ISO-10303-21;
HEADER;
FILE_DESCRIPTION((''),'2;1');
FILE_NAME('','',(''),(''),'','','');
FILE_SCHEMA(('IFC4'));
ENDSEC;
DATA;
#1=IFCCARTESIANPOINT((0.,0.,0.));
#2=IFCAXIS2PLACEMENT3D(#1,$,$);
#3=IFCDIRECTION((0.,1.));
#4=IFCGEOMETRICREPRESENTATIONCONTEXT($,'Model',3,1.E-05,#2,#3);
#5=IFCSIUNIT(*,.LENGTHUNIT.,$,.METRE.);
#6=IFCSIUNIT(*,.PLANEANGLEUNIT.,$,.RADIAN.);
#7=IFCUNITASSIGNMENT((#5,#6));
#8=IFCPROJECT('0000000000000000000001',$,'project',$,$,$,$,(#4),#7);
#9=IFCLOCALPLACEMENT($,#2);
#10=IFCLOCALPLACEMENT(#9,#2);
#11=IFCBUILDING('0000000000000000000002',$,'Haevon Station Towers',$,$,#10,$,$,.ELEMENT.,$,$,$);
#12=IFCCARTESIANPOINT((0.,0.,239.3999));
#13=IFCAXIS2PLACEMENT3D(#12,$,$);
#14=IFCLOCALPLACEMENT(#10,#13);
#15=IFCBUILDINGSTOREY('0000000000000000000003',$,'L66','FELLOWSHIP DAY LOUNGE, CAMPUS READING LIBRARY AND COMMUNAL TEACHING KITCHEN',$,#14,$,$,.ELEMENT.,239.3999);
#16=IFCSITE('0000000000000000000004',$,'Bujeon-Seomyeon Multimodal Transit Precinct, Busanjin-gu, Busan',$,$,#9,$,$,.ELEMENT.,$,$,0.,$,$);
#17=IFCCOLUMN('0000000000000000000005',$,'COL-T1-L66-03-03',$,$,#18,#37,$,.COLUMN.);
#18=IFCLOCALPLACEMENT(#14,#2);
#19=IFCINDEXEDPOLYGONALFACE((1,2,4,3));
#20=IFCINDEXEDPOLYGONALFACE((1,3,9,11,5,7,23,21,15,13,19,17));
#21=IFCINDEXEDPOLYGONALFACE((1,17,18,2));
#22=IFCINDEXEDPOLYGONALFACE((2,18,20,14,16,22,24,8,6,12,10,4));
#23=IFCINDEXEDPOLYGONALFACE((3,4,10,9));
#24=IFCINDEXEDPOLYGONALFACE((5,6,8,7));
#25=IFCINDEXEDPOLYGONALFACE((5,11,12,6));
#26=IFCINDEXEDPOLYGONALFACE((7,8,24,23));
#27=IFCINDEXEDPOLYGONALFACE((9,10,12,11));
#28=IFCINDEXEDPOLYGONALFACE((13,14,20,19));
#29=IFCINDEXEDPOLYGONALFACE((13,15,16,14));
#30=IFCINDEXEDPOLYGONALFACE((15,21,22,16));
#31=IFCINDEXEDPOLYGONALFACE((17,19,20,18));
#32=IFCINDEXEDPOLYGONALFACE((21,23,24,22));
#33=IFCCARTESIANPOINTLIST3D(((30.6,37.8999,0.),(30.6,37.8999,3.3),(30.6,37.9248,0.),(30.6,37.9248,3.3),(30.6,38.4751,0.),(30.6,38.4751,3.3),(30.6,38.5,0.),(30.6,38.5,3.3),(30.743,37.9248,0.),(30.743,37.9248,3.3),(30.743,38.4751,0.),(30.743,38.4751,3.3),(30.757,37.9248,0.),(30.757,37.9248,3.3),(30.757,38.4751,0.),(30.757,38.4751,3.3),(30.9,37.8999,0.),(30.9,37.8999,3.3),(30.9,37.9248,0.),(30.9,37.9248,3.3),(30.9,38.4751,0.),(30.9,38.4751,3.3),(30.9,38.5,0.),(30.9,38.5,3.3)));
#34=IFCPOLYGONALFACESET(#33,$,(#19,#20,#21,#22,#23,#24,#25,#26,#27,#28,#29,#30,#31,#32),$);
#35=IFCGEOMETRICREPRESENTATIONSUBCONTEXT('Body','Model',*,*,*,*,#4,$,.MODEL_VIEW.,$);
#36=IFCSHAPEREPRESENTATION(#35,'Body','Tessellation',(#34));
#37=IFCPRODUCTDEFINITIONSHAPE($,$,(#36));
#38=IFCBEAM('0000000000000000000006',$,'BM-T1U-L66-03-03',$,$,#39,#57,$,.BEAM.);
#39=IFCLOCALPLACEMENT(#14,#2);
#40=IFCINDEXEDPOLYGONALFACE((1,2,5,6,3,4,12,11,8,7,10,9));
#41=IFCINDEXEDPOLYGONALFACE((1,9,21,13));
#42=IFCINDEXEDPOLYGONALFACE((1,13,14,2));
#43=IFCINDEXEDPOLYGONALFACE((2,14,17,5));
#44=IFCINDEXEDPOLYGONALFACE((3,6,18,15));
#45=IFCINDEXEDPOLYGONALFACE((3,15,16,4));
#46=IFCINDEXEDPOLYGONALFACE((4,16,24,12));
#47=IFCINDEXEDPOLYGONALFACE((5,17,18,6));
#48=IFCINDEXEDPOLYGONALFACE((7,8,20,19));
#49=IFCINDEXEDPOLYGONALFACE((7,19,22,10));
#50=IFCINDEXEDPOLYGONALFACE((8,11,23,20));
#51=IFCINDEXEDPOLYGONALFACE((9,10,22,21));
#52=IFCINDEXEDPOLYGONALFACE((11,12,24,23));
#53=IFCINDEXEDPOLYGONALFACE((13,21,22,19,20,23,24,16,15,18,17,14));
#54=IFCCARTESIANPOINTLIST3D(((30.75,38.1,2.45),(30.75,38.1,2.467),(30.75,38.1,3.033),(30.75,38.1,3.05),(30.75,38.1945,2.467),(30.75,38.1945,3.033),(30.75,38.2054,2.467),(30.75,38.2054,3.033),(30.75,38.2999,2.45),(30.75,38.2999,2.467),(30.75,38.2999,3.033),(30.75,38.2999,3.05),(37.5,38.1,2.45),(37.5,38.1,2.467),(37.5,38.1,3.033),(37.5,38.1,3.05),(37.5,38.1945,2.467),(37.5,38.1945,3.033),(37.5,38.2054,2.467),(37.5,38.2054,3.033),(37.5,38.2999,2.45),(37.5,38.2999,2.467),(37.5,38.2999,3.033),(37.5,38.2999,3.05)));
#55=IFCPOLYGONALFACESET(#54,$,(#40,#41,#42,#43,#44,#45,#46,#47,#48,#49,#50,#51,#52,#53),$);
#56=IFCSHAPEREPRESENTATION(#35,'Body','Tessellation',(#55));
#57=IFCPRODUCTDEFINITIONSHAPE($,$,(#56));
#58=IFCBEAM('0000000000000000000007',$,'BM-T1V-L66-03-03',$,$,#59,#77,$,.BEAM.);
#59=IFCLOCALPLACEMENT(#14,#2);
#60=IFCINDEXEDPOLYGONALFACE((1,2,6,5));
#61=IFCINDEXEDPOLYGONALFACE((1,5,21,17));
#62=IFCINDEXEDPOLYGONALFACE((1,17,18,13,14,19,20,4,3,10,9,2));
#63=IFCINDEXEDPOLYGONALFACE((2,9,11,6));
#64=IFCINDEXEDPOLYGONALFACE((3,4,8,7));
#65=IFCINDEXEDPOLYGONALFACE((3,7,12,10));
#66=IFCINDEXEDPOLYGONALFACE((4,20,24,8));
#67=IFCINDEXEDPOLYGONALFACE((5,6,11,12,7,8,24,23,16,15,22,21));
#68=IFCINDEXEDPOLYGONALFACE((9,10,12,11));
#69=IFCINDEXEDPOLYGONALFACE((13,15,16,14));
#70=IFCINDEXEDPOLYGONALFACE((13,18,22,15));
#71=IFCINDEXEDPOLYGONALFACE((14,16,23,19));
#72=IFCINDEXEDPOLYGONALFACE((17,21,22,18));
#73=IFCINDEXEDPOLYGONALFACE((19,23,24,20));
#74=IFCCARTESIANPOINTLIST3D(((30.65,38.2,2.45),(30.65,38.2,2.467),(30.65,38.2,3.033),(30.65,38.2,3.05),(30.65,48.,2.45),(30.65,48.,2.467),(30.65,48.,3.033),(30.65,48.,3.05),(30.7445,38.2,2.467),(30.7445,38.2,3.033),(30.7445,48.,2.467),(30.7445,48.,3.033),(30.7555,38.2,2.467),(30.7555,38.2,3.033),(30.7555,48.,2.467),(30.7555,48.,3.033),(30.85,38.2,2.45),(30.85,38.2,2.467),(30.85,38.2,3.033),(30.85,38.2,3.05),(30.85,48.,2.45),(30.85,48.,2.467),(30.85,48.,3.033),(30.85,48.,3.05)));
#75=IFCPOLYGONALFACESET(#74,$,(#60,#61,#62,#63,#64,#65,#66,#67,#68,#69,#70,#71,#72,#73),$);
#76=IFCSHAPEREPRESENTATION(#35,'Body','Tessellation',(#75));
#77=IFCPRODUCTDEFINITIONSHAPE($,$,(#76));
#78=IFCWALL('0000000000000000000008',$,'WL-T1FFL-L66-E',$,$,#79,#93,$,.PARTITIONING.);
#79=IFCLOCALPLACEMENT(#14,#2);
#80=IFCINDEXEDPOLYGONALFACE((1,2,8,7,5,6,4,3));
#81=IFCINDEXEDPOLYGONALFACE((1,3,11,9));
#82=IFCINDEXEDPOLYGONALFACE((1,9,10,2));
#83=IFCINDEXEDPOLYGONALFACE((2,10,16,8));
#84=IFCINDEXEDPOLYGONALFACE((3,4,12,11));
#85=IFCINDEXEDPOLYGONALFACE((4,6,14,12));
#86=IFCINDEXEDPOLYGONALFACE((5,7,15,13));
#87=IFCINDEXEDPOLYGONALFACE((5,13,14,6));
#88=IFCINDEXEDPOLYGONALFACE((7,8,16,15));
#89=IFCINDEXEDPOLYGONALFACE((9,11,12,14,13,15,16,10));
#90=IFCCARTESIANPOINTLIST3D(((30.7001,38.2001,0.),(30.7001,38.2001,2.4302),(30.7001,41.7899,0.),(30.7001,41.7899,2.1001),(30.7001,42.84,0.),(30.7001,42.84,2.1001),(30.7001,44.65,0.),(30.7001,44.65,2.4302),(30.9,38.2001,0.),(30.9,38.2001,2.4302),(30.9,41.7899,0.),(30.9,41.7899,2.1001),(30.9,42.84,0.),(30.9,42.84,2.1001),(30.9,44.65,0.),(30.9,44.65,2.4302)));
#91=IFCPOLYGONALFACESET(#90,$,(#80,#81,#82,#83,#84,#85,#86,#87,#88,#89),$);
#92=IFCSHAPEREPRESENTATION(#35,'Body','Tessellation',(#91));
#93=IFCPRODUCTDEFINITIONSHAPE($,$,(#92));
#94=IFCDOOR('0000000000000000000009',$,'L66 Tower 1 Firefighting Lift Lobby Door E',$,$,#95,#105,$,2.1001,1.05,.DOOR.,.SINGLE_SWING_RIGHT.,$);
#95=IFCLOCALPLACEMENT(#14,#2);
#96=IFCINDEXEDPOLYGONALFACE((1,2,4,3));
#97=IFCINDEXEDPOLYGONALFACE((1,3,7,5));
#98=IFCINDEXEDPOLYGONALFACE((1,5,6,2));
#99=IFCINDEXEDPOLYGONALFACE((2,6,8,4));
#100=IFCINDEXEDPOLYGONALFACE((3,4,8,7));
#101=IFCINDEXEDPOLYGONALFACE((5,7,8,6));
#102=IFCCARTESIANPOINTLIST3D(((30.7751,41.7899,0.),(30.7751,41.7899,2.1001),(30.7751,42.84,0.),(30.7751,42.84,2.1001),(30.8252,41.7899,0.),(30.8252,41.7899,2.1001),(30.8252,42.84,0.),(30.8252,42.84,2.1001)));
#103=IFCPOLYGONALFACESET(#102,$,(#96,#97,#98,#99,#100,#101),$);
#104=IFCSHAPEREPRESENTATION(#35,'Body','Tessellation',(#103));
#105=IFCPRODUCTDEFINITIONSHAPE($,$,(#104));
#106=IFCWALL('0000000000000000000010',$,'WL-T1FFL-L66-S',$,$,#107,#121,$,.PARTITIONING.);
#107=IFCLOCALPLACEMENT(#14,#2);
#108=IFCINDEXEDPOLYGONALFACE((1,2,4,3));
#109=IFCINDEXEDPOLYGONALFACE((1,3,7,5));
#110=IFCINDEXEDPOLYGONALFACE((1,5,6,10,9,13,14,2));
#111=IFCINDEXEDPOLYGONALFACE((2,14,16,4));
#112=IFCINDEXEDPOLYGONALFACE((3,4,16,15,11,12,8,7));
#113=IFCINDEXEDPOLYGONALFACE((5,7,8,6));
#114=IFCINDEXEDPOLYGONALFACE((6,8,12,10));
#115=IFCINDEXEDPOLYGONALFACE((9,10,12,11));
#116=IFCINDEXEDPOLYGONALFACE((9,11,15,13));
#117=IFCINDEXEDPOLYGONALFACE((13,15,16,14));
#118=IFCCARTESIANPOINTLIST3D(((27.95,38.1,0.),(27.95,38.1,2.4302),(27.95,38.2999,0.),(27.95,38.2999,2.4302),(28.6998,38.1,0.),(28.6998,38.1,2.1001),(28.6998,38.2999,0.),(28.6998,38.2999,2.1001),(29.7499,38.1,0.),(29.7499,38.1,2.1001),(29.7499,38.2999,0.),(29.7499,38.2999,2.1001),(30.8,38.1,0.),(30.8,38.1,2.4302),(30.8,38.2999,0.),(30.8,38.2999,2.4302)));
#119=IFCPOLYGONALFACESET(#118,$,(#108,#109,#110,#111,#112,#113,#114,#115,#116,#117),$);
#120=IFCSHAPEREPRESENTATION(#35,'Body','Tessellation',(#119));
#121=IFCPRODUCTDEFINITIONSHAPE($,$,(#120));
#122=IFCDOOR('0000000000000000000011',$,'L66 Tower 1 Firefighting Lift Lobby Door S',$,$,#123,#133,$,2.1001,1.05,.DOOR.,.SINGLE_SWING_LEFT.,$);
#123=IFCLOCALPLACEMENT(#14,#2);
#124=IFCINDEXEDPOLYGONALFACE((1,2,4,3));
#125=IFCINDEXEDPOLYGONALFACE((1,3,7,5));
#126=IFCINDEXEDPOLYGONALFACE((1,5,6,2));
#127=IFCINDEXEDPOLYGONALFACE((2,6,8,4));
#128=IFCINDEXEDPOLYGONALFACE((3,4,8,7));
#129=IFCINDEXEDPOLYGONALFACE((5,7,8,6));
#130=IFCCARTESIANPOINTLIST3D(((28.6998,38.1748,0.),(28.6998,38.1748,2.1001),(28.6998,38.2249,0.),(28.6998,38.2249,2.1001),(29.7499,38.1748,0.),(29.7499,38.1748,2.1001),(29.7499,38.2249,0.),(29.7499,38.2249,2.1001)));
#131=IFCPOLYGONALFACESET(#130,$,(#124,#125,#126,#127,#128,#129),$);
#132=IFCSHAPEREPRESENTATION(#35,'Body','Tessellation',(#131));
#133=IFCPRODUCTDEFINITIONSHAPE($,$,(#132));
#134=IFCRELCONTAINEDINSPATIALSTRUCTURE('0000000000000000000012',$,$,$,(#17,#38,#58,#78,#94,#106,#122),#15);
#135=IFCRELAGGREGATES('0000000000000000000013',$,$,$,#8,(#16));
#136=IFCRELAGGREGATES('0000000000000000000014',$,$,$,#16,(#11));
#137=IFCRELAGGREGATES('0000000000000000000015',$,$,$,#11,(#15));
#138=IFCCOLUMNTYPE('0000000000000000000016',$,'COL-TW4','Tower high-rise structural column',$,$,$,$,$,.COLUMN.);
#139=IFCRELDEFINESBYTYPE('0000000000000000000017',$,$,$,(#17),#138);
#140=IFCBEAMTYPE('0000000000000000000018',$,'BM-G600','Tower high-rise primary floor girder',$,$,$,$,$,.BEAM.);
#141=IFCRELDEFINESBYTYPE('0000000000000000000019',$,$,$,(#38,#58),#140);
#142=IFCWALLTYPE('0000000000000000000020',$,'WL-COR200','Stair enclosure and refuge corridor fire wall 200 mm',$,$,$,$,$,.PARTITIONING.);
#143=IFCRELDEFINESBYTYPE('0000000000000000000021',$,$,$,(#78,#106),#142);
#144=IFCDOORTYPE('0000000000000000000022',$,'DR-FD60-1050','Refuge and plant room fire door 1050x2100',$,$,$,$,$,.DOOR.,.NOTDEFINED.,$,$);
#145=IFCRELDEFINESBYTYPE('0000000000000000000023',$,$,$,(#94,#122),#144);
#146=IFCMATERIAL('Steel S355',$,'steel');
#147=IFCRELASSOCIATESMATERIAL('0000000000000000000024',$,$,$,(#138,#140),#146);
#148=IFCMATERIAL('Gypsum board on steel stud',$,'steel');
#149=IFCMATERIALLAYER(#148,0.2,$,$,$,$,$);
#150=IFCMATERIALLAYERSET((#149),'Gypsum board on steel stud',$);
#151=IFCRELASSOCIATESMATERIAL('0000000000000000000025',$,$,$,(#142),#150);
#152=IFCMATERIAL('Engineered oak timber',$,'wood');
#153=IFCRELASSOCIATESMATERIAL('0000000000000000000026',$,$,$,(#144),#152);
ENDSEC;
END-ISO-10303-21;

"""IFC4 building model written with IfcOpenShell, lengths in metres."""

from ifc_helpers import new_model, si_unit, direction, frame, frame_2d, origin, origin_2d, place, context, subcontext, project, spatial, rectangle, i_section, extrude, material, layer, layer_set, material_profile, profile_set, type_object, element, fill, save


model = new_model("IFC4")

# Units and contexts
model_context = context("Model", 3, precision=1e-05, world=origin(), true_north=direction((0.0, 1.0)))
body_context = subcontext(model_context, "Body", "Model", "MODEL_VIEW")
ifc_project = project(units=[si_unit("LENGTHUNIT", "METRE"), si_unit("PLANEANGLEUNIT", "RADIAN")], contexts=[model_context])

# Site, building, storey
site_placement = place(None, origin())
site = spatial("IfcSite", under=ifc_project, at=site_placement, Name="Bujeon-Seomyeon Multimodal Transit Precinct, Busanjin-gu, Busan", CompositionType="ELEMENT", RefElevation=0.0)
building_placement = place(site_placement, origin())
building = spatial("IfcBuilding", under=site, at=building_placement, Name="Haevon Station Towers", CompositionType="ELEMENT")
storey_placement = place(building_placement, frame((0.0, 0.0, 239.3999)))
storey = spatial("IfcBuildingStorey", under=building, at=storey_placement, Name="L66", Description="FELLOWSHIP DAY LOUNGE, CAMPUS READING LIBRARY AND COMMUNAL TEACHING KITCHEN", CompositionType="ELEMENT", Elevation=239.3999)

# Column
ifc_material_1 = material(Name="Steel S355", Category="steel")
ifc_material_profile_1 = material_profile(ifc_material_1, i_section(OverallWidth=0.3, OverallDepth=0.6001, WebThickness=0.0139, FlangeThickness=0.0249, at=origin_2d()), Name="H-600x300x14x25")
ifc_profile_set_1 = profile_set([ifc_material_profile_1], Name="Steel S355")
column_type = type_object("IfcColumnType", Name="COL-TW4", Description="Tower high-rise structural column", PredefinedType="COLUMN", material=ifc_profile_set_1)
column_placement = place(storey_placement, frame((30.75, 38.2, 0.0), z_axis=(0.0, 0.0, 1.0), x_axis=(1.0, 0.0, 0.0)))
element("IfcColumn", 1, at=column_placement, inside=storey, type_object=column_type, Name="COL-T1-L66-03-03", PredefinedType="COLUMN", context=body_context, shape_type="SweptSolid", body=[
    extrude(i_section(OverallWidth=0.3, OverallDepth=0.6001, WebThickness=0.0139, FlangeThickness=0.0249, at=origin_2d()), origin(), (0.0, 0.0, 1.0), 3.3),
])

# Beams
ifc_material_profile_2 = material_profile(ifc_material_1, i_section(OverallWidth=0.2, OverallDepth=0.6001, WebThickness=0.011, FlangeThickness=0.0171, at=origin_2d()), Name="H-600x200x11x17")
ifc_profile_set_2 = profile_set([ifc_material_profile_2], Name="Steel S355")
beam_type = type_object("IfcBeamType", Name="BM-G600", Description="Tower high-rise primary floor girder", PredefinedType="BEAM", material=ifc_profile_set_2)
beam_1_placement = place(storey_placement, frame((30.75, 38.2, 2.75), z_axis=(1.0, 0.0, 0.0), x_axis=(0.0, 1.0, 0.0)))
element("IfcBeam", 2, at=beam_1_placement, inside=storey, type_object=beam_type, Name="BM-T1U-L66-03-03", PredefinedType="BEAM", context=body_context, shape_type="SweptSolid", body=[
    extrude(i_section(OverallWidth=0.2, OverallDepth=0.6001, WebThickness=0.011, FlangeThickness=0.0171, at=origin_2d()), origin(), (0.0, 0.0, 1.0), 6.75),
])
beam_2_placement = place(storey_placement, frame((30.75, 38.2, 2.75), z_axis=(0.0, 1.0, 0.0), x_axis=(-1.0, 0.0, 0.0)))
element("IfcBeam", 3, at=beam_2_placement, inside=storey, type_object=beam_type, Name="BM-T1V-L66-03-03", PredefinedType="BEAM", context=body_context, shape_type="SweptSolid", body=[
    extrude(i_section(OverallWidth=0.2, OverallDepth=0.6001, WebThickness=0.011, FlangeThickness=0.0171, at=origin_2d()), origin(), (0.0, 0.0, 1.0), 9.8),
])

# Walls, openings, doors
ifc_material_2 = material(Name="Gypsum board on steel stud", Category="steel")
ifc_layer_1 = layer(ifc_material_2, 0.2)
ifc_layer_set_1 = layer_set([ifc_layer_1], Name="Gypsum board on steel stud")
wall_type_1 = type_object("IfcWallType", Name="WL-COR200", Description="Stair enclosure and refuge corridor fire wall 200 mm", PredefinedType="PARTITIONING", material=ifc_layer_set_1)
wall_1_placement = place(storey_placement, frame((30.8, 38.2, 0.0), z_axis=(0.0, 0.0, 1.0), x_axis=(0.0, 1.0, 0.0)))
wall_1 = element("IfcWall", 4, at=wall_1_placement, inside=storey, type_object=wall_type_1, Name="WL-T1FFL-L66-E", PredefinedType="PARTITIONING", context=body_context, shape_type="SweptSolid", body=[
    extrude(rectangle(XDim=6.45, YDim=0.2, at=frame_2d((3.2251, 0.0))), origin(), (0.0, 0.0, 1.0), 2.4302),
])
opening_1_placement = place(wall_1_placement, frame((3.5901, 0.0, 0.0)))
opening_1 = element("IfcOpeningElement", 5, at=opening_1_placement, cuts=wall_1, PredefinedType="OPENING", context=body_context, shape_type="SweptSolid", body=[
    extrude(rectangle(XDim=1.05, YDim=2.1001, at=frame_2d((0.5249, 1.05))), frame((0.0, 0.1099, 0.0), z_axis=(0.0, -1.0, 0.0), x_axis=(1.0, 0.0, 0.0)), (0.0, 0.0, 1.0), 0.22),
])
ifc_material_3 = material(Name="Engineered oak timber", Category="wood")
door_type_1 = type_object("IfcDoorType", Name="DR-FD60-1050", Description="Refuge and plant room fire door 1050x2100", OperationType="NOTDEFINED", PredefinedType="DOOR", material=ifc_material_3)
door_1_placement = place(opening_1_placement, origin())
door_1 = element("IfcDoor", 6, at=door_1_placement, inside=storey, type_object=door_type_1, Name="L66 Tower 1 Firefighting Lift Lobby Door E", OperationType="SINGLE_SWING_RIGHT", OverallHeight=2.1001, OverallWidth=1.05, PredefinedType="DOOR", context=body_context, shape_type="SweptSolid", body=[
    extrude(rectangle(XDim=1.05, YDim=2.1001, at=frame_2d((0.5249, 1.05))), frame((0.0, 0.0249, 0.0), z_axis=(0.0, -1.0, 0.0), x_axis=(1.0, 0.0, 0.0)), (0.0, 0.0, 1.0), 0.05),
])
fill(opening_1, door_1)
wall_2_placement = place(storey_placement, frame((27.95, 38.2, 0.0), z_axis=(0.0, 0.0, 1.0), x_axis=(1.0, 0.0, 0.0)))
wall_2 = element("IfcWall", 7, at=wall_2_placement, inside=storey, type_object=wall_type_1, Name="WL-T1FFL-L66-S", PredefinedType="PARTITIONING", context=body_context, shape_type="SweptSolid", body=[
    extrude(rectangle(XDim=2.8501, YDim=0.2, at=frame_2d((1.425, 0.0))), origin(), (0.0, 0.0, 1.0), 2.4302),
])
opening_2_placement = place(wall_2_placement, frame((0.75, 0.0, 0.0)))
opening_2 = element("IfcOpeningElement", 8, at=opening_2_placement, cuts=wall_2, PredefinedType="OPENING", context=body_context, shape_type="SweptSolid", body=[
    extrude(rectangle(XDim=1.05, YDim=2.1001, at=frame_2d((0.5249, 1.05))), frame((0.0, 0.1099, 0.0), z_axis=(0.0, -1.0, 0.0), x_axis=(1.0, 0.0, 0.0)), (0.0, 0.0, 1.0), 0.22),
])
door_2_placement = place(opening_2_placement, origin())
door_2 = element("IfcDoor", 9, at=door_2_placement, inside=storey, type_object=door_type_1, Name="L66 Tower 1 Firefighting Lift Lobby Door S", OperationType="SINGLE_SWING_LEFT", OverallHeight=2.1001, OverallWidth=1.05, PredefinedType="DOOR", context=body_context, shape_type="SweptSolid", body=[
    extrude(rectangle(XDim=1.05, YDim=2.1001, at=frame_2d((0.5249, 1.05))), frame((0.0, 0.0249, 0.0), z_axis=(0.0, -1.0, 0.0), x_axis=(1.0, 0.0, 0.0)), (0.0, 0.0, 1.0), 0.05),
])
fill(opening_2, door_2)

save(model, "model.ifc")
